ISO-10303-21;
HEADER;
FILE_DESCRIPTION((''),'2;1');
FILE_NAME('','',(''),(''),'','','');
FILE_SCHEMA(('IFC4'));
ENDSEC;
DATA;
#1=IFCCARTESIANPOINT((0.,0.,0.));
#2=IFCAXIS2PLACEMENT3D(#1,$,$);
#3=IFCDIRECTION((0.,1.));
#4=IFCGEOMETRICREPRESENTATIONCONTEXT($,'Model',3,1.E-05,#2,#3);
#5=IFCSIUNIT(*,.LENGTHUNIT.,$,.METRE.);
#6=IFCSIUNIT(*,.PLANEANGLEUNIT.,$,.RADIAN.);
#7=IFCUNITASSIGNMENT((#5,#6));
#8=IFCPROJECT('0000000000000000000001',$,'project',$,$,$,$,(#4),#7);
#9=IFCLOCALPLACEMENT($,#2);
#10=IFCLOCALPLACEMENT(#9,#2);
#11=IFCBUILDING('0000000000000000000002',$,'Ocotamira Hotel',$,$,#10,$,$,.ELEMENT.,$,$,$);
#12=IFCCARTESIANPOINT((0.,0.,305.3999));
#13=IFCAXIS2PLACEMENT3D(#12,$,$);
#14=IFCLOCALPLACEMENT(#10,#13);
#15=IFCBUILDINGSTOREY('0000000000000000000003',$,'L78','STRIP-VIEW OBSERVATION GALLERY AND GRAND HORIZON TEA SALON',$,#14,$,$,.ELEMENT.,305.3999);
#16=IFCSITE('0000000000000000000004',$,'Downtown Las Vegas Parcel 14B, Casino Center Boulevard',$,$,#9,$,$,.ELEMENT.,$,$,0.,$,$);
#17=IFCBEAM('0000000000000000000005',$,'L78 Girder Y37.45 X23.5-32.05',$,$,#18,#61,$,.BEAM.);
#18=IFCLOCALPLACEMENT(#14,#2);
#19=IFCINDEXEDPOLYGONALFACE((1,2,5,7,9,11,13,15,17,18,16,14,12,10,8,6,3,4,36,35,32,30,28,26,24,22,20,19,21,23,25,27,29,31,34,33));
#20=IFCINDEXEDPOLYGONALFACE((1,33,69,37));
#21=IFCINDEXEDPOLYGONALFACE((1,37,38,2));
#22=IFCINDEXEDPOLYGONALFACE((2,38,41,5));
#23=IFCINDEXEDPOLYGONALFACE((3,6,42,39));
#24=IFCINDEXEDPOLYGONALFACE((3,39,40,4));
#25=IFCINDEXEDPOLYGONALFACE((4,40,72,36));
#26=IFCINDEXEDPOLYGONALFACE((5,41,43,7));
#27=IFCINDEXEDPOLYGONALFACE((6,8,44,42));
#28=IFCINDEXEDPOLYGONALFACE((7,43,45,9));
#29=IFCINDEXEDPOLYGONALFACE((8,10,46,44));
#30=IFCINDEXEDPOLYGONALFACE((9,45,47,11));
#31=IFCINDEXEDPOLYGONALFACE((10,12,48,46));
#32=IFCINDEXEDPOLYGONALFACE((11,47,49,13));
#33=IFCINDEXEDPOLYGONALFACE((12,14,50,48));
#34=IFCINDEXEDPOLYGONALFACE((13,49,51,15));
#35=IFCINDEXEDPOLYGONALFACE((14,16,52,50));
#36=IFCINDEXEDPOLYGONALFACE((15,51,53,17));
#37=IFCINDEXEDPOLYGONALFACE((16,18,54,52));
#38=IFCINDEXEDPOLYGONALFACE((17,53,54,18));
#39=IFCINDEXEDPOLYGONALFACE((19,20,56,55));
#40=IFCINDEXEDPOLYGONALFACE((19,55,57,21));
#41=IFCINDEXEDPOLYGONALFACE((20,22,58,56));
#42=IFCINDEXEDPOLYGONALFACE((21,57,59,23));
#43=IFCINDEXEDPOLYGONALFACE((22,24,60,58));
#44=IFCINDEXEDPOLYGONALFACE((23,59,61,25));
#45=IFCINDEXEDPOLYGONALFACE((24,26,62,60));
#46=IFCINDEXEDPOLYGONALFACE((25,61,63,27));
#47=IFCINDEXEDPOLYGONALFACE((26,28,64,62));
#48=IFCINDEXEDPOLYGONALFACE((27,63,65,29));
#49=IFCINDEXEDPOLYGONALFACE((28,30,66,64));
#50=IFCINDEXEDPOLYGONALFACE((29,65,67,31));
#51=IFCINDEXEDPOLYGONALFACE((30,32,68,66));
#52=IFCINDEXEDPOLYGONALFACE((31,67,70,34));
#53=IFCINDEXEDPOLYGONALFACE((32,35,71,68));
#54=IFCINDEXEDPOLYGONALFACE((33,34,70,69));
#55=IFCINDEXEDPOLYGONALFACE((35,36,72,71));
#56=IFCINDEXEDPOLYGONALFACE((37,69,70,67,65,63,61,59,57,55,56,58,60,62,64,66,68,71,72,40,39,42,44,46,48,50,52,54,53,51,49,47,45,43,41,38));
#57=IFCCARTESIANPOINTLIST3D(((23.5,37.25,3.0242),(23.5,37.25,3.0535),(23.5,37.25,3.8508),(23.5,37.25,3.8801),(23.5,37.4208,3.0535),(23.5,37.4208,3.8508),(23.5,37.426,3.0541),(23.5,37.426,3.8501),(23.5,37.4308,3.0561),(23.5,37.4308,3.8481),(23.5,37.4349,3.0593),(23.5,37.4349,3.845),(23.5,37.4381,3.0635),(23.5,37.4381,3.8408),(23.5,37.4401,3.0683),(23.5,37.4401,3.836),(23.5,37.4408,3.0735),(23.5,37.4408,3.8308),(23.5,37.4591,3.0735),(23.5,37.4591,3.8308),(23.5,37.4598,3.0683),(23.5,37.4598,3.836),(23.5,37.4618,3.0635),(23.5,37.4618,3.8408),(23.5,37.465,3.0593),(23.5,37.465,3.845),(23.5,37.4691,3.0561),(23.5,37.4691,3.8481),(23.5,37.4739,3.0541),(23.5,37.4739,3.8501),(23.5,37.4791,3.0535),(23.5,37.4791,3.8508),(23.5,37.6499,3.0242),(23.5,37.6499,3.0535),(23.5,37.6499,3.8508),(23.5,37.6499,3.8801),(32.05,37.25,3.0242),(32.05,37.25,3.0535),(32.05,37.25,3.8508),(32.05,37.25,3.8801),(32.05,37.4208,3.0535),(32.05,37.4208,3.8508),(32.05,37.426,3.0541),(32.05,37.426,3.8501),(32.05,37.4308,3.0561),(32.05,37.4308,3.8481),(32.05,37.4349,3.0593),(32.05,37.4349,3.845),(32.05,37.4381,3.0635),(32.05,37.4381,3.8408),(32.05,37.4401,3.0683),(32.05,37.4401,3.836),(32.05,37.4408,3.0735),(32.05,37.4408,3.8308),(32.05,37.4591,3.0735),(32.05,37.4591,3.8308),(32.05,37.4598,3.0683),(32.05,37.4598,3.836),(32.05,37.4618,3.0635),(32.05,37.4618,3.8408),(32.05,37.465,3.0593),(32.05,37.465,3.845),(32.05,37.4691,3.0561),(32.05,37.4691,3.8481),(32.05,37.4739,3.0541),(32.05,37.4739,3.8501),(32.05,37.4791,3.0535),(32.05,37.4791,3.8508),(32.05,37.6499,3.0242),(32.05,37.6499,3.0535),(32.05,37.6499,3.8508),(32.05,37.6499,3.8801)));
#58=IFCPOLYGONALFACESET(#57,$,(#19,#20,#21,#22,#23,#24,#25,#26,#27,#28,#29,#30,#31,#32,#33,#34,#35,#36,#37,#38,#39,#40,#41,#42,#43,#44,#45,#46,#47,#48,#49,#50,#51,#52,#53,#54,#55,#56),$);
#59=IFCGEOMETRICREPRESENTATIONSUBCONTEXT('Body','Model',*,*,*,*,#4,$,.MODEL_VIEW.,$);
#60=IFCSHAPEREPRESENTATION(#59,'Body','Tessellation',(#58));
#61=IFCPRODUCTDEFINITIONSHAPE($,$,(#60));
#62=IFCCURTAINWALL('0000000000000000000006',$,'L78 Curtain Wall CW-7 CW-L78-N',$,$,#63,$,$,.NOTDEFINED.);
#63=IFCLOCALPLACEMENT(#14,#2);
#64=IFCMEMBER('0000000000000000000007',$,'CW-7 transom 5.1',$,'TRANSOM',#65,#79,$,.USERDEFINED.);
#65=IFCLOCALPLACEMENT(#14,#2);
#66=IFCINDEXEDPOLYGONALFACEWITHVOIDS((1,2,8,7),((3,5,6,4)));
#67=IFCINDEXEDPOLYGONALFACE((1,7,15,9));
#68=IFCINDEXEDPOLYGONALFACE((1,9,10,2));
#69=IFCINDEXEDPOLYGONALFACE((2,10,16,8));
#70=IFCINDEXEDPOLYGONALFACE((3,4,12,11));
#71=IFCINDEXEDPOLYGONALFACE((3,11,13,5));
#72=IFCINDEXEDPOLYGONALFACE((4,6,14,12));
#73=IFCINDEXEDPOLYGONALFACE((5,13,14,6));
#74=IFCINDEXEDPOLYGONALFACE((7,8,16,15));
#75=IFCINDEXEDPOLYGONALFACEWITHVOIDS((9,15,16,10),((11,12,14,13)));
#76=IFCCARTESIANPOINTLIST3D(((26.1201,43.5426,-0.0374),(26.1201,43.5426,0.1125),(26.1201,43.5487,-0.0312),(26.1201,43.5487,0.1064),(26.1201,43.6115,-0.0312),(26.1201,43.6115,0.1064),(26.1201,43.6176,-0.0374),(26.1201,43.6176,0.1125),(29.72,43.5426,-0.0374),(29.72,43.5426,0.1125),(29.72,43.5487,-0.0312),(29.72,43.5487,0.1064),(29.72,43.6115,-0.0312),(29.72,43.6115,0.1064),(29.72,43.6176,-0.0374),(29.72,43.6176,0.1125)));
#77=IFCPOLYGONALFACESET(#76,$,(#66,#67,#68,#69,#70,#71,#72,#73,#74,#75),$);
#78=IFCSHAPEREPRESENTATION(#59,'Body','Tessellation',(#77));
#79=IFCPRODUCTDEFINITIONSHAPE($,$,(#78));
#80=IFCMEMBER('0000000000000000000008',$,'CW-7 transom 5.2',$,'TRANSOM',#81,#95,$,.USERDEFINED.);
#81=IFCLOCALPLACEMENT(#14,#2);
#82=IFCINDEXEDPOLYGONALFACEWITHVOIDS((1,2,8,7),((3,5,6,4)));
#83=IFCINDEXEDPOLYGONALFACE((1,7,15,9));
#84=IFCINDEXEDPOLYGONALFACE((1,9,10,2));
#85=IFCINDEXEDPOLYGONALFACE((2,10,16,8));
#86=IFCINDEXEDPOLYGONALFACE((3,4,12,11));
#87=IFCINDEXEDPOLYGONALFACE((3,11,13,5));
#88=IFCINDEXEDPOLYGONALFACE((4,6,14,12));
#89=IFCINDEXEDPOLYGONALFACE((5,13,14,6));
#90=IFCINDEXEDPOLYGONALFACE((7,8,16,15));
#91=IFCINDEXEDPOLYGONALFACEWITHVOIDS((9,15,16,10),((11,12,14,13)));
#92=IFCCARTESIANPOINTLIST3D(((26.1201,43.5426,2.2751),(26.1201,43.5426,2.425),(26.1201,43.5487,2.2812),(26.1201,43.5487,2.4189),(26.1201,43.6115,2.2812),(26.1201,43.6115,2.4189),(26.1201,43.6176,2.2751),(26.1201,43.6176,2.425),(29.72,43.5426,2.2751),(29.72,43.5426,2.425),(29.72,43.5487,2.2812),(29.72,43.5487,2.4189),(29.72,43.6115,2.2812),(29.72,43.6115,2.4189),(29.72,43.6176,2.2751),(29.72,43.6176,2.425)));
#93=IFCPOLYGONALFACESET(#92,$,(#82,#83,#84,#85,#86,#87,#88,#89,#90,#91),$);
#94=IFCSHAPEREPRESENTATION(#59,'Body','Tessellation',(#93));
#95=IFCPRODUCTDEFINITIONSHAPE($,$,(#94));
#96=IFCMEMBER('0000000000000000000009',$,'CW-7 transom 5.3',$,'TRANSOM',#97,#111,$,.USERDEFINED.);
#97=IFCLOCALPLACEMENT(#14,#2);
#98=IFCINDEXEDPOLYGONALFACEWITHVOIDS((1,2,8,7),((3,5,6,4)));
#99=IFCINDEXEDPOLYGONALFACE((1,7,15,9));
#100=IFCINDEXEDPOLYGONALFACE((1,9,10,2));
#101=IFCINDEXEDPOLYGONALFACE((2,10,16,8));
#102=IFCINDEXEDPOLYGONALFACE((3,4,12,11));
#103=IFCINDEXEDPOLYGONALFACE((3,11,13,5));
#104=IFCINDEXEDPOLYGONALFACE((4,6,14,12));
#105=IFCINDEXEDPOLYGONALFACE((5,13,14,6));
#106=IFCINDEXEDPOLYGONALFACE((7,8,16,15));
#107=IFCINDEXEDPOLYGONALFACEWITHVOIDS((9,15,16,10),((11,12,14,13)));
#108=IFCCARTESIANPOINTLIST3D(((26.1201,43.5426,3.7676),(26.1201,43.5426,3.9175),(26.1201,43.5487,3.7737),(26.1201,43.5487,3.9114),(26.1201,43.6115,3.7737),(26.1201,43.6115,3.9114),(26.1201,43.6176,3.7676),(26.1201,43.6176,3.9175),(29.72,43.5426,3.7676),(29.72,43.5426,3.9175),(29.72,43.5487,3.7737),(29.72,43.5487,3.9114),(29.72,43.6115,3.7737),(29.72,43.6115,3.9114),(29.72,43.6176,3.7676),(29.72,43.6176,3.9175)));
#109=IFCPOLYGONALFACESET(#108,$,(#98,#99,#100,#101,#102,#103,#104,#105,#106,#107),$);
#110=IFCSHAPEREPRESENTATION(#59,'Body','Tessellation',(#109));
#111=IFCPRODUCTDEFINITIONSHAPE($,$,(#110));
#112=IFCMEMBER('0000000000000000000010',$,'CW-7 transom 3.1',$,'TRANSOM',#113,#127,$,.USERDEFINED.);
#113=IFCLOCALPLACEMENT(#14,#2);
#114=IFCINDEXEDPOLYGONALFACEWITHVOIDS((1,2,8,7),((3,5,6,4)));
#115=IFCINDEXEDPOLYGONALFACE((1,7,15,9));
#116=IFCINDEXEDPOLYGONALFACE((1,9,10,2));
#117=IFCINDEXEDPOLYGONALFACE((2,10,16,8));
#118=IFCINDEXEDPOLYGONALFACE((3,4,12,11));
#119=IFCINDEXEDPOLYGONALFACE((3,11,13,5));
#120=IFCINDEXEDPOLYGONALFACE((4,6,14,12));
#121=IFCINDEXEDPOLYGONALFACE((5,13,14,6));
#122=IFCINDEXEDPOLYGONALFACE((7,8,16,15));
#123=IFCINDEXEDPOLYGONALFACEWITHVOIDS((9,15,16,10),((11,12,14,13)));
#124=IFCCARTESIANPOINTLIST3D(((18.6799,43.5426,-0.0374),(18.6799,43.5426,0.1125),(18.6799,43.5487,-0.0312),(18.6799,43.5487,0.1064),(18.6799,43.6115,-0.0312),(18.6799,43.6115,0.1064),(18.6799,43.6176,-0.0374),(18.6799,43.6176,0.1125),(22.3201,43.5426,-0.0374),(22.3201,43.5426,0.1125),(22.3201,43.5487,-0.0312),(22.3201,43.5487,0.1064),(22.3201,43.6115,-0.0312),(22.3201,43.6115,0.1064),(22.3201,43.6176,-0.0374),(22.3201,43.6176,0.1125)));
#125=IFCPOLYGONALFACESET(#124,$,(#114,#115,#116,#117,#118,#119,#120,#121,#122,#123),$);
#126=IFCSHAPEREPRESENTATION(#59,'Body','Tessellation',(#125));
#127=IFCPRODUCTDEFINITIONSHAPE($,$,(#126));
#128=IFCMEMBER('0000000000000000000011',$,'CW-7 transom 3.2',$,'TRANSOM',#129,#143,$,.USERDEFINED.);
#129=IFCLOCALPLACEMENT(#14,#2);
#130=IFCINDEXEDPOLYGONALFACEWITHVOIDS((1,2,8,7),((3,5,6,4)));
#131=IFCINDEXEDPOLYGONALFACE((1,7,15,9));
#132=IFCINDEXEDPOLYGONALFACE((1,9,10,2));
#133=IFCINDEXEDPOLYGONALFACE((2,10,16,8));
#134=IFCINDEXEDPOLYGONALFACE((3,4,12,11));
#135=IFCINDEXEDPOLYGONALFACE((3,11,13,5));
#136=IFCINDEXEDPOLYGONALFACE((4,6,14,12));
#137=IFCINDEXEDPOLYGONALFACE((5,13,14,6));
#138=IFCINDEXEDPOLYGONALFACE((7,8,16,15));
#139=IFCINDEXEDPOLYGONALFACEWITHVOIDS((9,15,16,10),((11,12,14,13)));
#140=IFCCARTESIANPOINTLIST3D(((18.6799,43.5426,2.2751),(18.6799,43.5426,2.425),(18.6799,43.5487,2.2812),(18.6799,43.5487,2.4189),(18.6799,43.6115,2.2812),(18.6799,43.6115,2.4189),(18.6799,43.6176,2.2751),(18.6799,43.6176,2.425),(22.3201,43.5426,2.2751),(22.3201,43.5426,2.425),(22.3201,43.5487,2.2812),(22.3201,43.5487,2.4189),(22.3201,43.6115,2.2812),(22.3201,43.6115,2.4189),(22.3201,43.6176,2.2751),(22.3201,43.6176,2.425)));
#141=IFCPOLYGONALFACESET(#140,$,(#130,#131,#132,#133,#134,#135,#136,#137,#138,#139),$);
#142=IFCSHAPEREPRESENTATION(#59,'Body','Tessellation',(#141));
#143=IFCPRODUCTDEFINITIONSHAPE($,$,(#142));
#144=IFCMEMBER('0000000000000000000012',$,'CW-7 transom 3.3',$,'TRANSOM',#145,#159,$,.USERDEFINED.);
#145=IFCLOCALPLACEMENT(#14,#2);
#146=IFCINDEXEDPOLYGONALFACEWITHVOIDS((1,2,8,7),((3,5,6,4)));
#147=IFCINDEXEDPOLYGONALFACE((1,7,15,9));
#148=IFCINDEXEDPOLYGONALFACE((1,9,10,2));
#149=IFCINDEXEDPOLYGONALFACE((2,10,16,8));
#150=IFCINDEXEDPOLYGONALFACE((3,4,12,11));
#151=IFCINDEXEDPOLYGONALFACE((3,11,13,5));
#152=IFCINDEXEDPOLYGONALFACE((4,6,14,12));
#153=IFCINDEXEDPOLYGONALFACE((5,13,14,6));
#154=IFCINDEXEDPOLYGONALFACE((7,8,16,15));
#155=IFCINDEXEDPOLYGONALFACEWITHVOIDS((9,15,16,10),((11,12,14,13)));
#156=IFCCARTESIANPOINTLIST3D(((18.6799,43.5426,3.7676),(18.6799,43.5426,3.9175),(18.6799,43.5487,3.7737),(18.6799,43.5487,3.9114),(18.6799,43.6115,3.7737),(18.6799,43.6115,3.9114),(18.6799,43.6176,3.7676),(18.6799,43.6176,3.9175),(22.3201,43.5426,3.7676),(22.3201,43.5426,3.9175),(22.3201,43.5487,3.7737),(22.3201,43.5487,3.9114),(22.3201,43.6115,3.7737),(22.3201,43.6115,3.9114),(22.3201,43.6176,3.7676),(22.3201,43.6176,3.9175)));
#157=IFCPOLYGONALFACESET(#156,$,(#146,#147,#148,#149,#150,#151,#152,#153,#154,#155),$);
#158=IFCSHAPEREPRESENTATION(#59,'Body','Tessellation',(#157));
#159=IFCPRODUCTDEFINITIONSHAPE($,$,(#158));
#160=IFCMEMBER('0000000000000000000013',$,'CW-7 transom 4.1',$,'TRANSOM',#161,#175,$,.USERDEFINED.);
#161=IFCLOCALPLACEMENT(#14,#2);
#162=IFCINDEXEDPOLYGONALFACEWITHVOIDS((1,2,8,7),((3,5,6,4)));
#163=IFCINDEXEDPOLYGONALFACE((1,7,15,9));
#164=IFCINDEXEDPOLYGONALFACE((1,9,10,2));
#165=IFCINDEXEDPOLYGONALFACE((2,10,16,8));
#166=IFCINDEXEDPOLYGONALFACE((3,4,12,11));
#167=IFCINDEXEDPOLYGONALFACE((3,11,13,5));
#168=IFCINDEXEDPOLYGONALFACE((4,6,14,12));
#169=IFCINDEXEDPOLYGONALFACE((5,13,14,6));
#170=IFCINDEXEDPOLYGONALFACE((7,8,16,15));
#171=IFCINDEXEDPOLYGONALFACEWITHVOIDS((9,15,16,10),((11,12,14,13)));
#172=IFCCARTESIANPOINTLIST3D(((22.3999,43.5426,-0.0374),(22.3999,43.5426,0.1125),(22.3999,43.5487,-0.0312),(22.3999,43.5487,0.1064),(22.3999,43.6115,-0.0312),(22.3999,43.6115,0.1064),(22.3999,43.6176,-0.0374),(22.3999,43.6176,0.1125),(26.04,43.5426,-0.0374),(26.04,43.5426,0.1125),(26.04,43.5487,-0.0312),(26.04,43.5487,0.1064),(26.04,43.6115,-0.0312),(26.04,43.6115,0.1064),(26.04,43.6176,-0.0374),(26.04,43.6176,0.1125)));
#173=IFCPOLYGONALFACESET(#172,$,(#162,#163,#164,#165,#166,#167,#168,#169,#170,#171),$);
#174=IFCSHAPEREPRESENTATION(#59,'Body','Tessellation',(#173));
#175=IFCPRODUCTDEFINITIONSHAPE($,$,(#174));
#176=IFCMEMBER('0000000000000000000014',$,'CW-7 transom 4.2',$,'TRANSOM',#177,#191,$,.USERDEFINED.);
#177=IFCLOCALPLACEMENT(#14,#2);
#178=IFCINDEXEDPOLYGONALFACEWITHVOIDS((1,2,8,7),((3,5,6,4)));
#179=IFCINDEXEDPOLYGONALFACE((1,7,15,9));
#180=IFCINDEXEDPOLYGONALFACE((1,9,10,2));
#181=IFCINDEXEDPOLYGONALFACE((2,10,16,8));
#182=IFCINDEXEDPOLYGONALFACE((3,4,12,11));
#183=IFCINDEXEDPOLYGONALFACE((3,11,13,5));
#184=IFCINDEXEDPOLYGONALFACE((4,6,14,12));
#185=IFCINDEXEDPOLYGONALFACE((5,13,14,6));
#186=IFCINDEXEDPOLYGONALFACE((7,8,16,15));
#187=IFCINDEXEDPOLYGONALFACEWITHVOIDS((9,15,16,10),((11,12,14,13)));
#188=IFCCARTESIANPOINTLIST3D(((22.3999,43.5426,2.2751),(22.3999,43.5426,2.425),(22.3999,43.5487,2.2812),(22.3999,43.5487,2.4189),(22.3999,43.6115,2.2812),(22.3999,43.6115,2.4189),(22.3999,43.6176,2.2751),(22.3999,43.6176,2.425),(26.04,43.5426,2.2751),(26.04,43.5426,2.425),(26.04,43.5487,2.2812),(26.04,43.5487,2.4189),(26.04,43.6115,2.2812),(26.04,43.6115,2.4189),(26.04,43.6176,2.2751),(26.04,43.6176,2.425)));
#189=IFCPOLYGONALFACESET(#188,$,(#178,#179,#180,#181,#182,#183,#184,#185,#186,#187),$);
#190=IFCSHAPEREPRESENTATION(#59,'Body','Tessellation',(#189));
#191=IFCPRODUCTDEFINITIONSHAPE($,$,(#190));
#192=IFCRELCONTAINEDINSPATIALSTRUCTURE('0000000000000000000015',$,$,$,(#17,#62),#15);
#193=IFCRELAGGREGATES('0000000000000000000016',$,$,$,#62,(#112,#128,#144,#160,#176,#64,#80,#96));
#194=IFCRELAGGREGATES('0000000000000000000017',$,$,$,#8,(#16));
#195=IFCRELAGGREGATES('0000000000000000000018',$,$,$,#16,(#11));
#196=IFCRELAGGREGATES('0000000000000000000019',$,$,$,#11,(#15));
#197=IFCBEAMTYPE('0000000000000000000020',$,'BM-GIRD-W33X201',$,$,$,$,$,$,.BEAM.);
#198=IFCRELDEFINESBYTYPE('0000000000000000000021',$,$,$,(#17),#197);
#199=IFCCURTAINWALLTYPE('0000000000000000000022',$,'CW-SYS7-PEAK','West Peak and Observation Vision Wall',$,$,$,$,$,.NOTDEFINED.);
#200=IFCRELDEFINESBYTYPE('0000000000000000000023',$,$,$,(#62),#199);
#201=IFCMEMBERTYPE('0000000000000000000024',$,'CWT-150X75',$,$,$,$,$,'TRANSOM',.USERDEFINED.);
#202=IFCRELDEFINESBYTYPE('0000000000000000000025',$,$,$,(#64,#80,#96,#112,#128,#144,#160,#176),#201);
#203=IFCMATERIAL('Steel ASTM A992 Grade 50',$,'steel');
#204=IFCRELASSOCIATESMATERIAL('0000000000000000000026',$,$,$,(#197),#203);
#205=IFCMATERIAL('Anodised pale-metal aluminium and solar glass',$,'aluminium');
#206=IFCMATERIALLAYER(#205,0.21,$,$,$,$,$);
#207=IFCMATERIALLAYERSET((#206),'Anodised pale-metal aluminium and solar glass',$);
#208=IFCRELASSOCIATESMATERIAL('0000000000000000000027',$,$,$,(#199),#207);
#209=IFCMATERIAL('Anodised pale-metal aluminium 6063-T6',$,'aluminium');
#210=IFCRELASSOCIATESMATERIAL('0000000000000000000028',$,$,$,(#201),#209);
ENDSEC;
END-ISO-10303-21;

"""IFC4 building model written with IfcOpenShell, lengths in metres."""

from ifc_helpers import new_model, si_unit, direction, frame, origin, origin_2d, place, context, subcontext, project, spatial, hollow_rectangle, i_section, extrude, source, transform, mapped, material, layer, layer_set, material_profile, profile_set, type_object, element, aggregate, save


model = new_model("IFC4")

# Units and contexts
model_context = context("Model", 3, precision=1e-05, world=origin(), true_north=direction((0.0, 1.0)))
body_context = subcontext(model_context, "Body", "Model", "MODEL_VIEW")
ifc_project = project(units=[si_unit("LENGTHUNIT", "METRE"), si_unit("PLANEANGLEUNIT", "RADIAN")], contexts=[model_context])

# Site, building, storey
site_placement = place(None, origin())
site = spatial("IfcSite", under=ifc_project, at=site_placement, Name="Downtown Las Vegas Parcel 14B, Casino Center Boulevard", CompositionType="ELEMENT", RefElevation=0.0)
building_placement = place(site_placement, origin())
building = spatial("IfcBuilding", under=site, at=building_placement, Name="Ocotamira Hotel", CompositionType="ELEMENT")
storey_placement = place(building_placement, frame((0.0, 0.0, 305.3999)))
storey = spatial("IfcBuildingStorey", under=building, at=storey_placement, Name="L78", Description="STRIP-VIEW OBSERVATION GALLERY AND GRAND HORIZON TEA SALON", CompositionType="ELEMENT", Elevation=305.3999)

# Shared definitions
ifc_material_1 = material(Name="Steel ASTM A992 Grade 50", Category="steel")

# Beam
ifc_material_profile_1 = material_profile(ifc_material_1, i_section(OverallWidth=0.3999, OverallDepth=0.856, WebThickness=0.0183, FlangeThickness=0.0293, FilletRadius=0.02, at=origin_2d()), Name="W33X201")
ifc_profile_set_1 = profile_set([ifc_material_profile_1], Name="Steel ASTM A992 Grade 50")
beam_type = type_object("IfcBeamType", Name="BM-GIRD-W33X201", PredefinedType="BEAM", material=ifc_profile_set_1)
shared_shape_1 = source(origin(), body_context, "Body", "SweptSolid", [
    extrude(i_section(OverallWidth=0.3999, OverallDepth=0.856, WebThickness=0.0183, FlangeThickness=0.0293, FilletRadius=0.02, at=origin_2d()), origin(), (0.0, 0.0, 1.0), 8.55),
])
beam_placement = place(storey_placement, frame((23.5, 37.45, 3.4521), z_axis=(1.0, 0.0, 0.0), x_axis=(0.0, 1.0, 0.0)))
element("IfcBeam", 1, at=beam_placement, inside=storey, type_object=beam_type, Name="L78 Girder Y37.45 X23.5-32.05", PredefinedType="BEAM", context=body_context, shape_type="MappedRepresentation", body=[
    mapped(shared_shape_1, transform((0.0, 0.0, 0.0), scale=1.0)),
])

# Curtain wall, members
ifc_material_2 = material(Name="Anodised pale-metal aluminium and solar glass", Category="aluminium")
ifc_layer_1 = layer(ifc_material_2, 0.21)
ifc_layer_set_1 = layer_set([ifc_layer_1], Name="Anodised pale-metal aluminium and solar glass")
curtain_wall_type = type_object("IfcCurtainWallType", Name="CW-SYS7-PEAK", Description="West Peak and Observation Vision Wall", PredefinedType="NOTDEFINED", material=ifc_layer_set_1)
curtain_wall_1_placement = place(storey_placement, origin())
curtain_wall_1 = element("IfcCurtainWall", 2, at=curtain_wall_1_placement, inside=storey, type_object=curtain_wall_type, Name="L78 Curtain Wall CW-7 CW-L78-N", PredefinedType="NOTDEFINED")
ifc_material_3 = material(Name="Anodised pale-metal aluminium 6063-T6", Category="aluminium")
ifc_material_profile_2 = material_profile(ifc_material_3, hollow_rectangle(XDim=0.075, YDim=0.1499, WallThickness=0.0061, at=origin_2d()), Name="HSS150X75X6")
ifc_profile_set_2 = profile_set([ifc_material_profile_2], Name="Anodised pale-metal aluminium 6063-T6")
member_type_1 = type_object("IfcMemberType", Name="CWT-150X75", ElementType="TRANSOM", PredefinedType="USERDEFINED", material=ifc_profile_set_2)
shared_shape_2 = source(origin(), body_context, "Body", "SweptSolid", [
    extrude(hollow_rectangle(XDim=0.075, YDim=0.1499, WallThickness=0.0061, at=origin_2d()), origin(), (0.0, 0.0, 1.0), 3.5999),
])
member_1_placement = place(storey_placement, frame((26.1201, 43.5801, 0.0376), z_axis=(1.0, 0.0, 0.0), x_axis=(0.0, 1.0, 0.0)))
member_1 = element("IfcMember", 3, at=member_1_placement, type_object=member_type_1, Name="CW-7 transom 5.1", ObjectType="TRANSOM", PredefinedType="USERDEFINED", context=body_context, shape_type="MappedRepresentation", body=[
    mapped(shared_shape_2, transform((0.0, 0.0, 0.0), scale=1.0)),
])
member_2_placement = place(storey_placement, frame((26.1201, 43.5801, 2.3501), z_axis=(1.0, 0.0, 0.0), x_axis=(0.0, 1.0, 0.0)))
member_2 = element("IfcMember", 4, at=member_2_placement, type_object=member_type_1, Name="CW-7 transom 5.2", ObjectType="TRANSOM", PredefinedType="USERDEFINED", context=body_context, shape_type="MappedRepresentation", body=[
    mapped(shared_shape_2, transform((0.0, 0.0, 0.0), scale=1.0)),
])
member_3_placement = place(storey_placement, frame((26.1201, 43.5801, 3.8425), z_axis=(1.0, 0.0, 0.0), x_axis=(0.0, 1.0, 0.0)))
member_3 = element("IfcMember", 5, at=member_3_placement, type_object=member_type_1, Name="CW-7 transom 5.3", ObjectType="TRANSOM", PredefinedType="USERDEFINED", context=body_context, shape_type="MappedRepresentation", body=[
    mapped(shared_shape_2, transform((0.0, 0.0, 0.0), scale=1.0)),
])
shared_shape_3 = source(origin(), body_context, "Body", "SweptSolid", [
    extrude(hollow_rectangle(XDim=0.075, YDim=0.1499, WallThickness=0.0061, at=origin_2d()), origin(), (0.0, 0.0, 1.0), 3.6401),
])
member_4_placement = place(storey_placement, frame((18.6799, 43.5801, 0.0376), z_axis=(1.0, 0.0, 0.0), x_axis=(0.0, 1.0, 0.0)))
member_4 = element("IfcMember", 6, at=member_4_placement, type_object=member_type_1, Name="CW-7 transom 3.1", ObjectType="TRANSOM", PredefinedType="USERDEFINED", context=body_context, shape_type="MappedRepresentation", body=[
    mapped(shared_shape_3, transform((0.0, 0.0, 0.0), scale=1.0)),
])
member_5_placement = place(storey_placement, frame((18.6799, 43.5801, 2.3501), z_axis=(1.0, 0.0, 0.0), x_axis=(0.0, 1.0, 0.0)))
member_5 = element("IfcMember", 7, at=member_5_placement, type_object=member_type_1, Name="CW-7 transom 3.2", ObjectType="TRANSOM", PredefinedType="USERDEFINED", context=body_context, shape_type="MappedRepresentation", body=[
    mapped(shared_shape_3, transform((0.0, 0.0, 0.0), scale=1.0)),
])
member_6_placement = place(storey_placement, frame((18.6799, 43.5801, 3.8425), z_axis=(1.0, 0.0, 0.0), x_axis=(0.0, 1.0, 0.0)))
member_6 = element("IfcMember", 8, at=member_6_placement, type_object=member_type_1, Name="CW-7 transom 3.3", ObjectType="TRANSOM", PredefinedType="USERDEFINED", context=body_context, shape_type="MappedRepresentation", body=[
    mapped(shared_shape_3, transform((0.0, 0.0, 0.0), scale=1.0)),
])
member_7_placement = place(storey_placement, frame((22.3999, 43.5801, 0.0376), z_axis=(1.0, 0.0, 0.0), x_axis=(0.0, 1.0, 0.0)))
member_7 = element("IfcMember", 9, at=member_7_placement, type_object=member_type_1, Name="CW-7 transom 4.1", ObjectType="TRANSOM", PredefinedType="USERDEFINED", context=body_context, shape_type="MappedRepresentation", body=[
    mapped(shared_shape_3, transform((0.0, 0.0, 0.0), scale=1.0)),
])
member_8_placement = place(storey_placement, frame((22.3999, 43.5801, 2.3501), z_axis=(1.0, 0.0, 0.0), x_axis=(0.0, 1.0, 0.0)))
member_8 = element("IfcMember", 10, at=member_8_placement, type_object=member_type_1, Name="CW-7 transom 4.2", ObjectType="TRANSOM", PredefinedType="USERDEFINED", context=body_context, shape_type="MappedRepresentation", body=[
    mapped(shared_shape_3, transform((0.0, 0.0, 0.0), scale=1.0)),
])

aggregate(curtain_wall_1, [member_4, member_5, member_6, member_7, member_8, member_1, member_2, member_3])

save(model, "model.ifc")
